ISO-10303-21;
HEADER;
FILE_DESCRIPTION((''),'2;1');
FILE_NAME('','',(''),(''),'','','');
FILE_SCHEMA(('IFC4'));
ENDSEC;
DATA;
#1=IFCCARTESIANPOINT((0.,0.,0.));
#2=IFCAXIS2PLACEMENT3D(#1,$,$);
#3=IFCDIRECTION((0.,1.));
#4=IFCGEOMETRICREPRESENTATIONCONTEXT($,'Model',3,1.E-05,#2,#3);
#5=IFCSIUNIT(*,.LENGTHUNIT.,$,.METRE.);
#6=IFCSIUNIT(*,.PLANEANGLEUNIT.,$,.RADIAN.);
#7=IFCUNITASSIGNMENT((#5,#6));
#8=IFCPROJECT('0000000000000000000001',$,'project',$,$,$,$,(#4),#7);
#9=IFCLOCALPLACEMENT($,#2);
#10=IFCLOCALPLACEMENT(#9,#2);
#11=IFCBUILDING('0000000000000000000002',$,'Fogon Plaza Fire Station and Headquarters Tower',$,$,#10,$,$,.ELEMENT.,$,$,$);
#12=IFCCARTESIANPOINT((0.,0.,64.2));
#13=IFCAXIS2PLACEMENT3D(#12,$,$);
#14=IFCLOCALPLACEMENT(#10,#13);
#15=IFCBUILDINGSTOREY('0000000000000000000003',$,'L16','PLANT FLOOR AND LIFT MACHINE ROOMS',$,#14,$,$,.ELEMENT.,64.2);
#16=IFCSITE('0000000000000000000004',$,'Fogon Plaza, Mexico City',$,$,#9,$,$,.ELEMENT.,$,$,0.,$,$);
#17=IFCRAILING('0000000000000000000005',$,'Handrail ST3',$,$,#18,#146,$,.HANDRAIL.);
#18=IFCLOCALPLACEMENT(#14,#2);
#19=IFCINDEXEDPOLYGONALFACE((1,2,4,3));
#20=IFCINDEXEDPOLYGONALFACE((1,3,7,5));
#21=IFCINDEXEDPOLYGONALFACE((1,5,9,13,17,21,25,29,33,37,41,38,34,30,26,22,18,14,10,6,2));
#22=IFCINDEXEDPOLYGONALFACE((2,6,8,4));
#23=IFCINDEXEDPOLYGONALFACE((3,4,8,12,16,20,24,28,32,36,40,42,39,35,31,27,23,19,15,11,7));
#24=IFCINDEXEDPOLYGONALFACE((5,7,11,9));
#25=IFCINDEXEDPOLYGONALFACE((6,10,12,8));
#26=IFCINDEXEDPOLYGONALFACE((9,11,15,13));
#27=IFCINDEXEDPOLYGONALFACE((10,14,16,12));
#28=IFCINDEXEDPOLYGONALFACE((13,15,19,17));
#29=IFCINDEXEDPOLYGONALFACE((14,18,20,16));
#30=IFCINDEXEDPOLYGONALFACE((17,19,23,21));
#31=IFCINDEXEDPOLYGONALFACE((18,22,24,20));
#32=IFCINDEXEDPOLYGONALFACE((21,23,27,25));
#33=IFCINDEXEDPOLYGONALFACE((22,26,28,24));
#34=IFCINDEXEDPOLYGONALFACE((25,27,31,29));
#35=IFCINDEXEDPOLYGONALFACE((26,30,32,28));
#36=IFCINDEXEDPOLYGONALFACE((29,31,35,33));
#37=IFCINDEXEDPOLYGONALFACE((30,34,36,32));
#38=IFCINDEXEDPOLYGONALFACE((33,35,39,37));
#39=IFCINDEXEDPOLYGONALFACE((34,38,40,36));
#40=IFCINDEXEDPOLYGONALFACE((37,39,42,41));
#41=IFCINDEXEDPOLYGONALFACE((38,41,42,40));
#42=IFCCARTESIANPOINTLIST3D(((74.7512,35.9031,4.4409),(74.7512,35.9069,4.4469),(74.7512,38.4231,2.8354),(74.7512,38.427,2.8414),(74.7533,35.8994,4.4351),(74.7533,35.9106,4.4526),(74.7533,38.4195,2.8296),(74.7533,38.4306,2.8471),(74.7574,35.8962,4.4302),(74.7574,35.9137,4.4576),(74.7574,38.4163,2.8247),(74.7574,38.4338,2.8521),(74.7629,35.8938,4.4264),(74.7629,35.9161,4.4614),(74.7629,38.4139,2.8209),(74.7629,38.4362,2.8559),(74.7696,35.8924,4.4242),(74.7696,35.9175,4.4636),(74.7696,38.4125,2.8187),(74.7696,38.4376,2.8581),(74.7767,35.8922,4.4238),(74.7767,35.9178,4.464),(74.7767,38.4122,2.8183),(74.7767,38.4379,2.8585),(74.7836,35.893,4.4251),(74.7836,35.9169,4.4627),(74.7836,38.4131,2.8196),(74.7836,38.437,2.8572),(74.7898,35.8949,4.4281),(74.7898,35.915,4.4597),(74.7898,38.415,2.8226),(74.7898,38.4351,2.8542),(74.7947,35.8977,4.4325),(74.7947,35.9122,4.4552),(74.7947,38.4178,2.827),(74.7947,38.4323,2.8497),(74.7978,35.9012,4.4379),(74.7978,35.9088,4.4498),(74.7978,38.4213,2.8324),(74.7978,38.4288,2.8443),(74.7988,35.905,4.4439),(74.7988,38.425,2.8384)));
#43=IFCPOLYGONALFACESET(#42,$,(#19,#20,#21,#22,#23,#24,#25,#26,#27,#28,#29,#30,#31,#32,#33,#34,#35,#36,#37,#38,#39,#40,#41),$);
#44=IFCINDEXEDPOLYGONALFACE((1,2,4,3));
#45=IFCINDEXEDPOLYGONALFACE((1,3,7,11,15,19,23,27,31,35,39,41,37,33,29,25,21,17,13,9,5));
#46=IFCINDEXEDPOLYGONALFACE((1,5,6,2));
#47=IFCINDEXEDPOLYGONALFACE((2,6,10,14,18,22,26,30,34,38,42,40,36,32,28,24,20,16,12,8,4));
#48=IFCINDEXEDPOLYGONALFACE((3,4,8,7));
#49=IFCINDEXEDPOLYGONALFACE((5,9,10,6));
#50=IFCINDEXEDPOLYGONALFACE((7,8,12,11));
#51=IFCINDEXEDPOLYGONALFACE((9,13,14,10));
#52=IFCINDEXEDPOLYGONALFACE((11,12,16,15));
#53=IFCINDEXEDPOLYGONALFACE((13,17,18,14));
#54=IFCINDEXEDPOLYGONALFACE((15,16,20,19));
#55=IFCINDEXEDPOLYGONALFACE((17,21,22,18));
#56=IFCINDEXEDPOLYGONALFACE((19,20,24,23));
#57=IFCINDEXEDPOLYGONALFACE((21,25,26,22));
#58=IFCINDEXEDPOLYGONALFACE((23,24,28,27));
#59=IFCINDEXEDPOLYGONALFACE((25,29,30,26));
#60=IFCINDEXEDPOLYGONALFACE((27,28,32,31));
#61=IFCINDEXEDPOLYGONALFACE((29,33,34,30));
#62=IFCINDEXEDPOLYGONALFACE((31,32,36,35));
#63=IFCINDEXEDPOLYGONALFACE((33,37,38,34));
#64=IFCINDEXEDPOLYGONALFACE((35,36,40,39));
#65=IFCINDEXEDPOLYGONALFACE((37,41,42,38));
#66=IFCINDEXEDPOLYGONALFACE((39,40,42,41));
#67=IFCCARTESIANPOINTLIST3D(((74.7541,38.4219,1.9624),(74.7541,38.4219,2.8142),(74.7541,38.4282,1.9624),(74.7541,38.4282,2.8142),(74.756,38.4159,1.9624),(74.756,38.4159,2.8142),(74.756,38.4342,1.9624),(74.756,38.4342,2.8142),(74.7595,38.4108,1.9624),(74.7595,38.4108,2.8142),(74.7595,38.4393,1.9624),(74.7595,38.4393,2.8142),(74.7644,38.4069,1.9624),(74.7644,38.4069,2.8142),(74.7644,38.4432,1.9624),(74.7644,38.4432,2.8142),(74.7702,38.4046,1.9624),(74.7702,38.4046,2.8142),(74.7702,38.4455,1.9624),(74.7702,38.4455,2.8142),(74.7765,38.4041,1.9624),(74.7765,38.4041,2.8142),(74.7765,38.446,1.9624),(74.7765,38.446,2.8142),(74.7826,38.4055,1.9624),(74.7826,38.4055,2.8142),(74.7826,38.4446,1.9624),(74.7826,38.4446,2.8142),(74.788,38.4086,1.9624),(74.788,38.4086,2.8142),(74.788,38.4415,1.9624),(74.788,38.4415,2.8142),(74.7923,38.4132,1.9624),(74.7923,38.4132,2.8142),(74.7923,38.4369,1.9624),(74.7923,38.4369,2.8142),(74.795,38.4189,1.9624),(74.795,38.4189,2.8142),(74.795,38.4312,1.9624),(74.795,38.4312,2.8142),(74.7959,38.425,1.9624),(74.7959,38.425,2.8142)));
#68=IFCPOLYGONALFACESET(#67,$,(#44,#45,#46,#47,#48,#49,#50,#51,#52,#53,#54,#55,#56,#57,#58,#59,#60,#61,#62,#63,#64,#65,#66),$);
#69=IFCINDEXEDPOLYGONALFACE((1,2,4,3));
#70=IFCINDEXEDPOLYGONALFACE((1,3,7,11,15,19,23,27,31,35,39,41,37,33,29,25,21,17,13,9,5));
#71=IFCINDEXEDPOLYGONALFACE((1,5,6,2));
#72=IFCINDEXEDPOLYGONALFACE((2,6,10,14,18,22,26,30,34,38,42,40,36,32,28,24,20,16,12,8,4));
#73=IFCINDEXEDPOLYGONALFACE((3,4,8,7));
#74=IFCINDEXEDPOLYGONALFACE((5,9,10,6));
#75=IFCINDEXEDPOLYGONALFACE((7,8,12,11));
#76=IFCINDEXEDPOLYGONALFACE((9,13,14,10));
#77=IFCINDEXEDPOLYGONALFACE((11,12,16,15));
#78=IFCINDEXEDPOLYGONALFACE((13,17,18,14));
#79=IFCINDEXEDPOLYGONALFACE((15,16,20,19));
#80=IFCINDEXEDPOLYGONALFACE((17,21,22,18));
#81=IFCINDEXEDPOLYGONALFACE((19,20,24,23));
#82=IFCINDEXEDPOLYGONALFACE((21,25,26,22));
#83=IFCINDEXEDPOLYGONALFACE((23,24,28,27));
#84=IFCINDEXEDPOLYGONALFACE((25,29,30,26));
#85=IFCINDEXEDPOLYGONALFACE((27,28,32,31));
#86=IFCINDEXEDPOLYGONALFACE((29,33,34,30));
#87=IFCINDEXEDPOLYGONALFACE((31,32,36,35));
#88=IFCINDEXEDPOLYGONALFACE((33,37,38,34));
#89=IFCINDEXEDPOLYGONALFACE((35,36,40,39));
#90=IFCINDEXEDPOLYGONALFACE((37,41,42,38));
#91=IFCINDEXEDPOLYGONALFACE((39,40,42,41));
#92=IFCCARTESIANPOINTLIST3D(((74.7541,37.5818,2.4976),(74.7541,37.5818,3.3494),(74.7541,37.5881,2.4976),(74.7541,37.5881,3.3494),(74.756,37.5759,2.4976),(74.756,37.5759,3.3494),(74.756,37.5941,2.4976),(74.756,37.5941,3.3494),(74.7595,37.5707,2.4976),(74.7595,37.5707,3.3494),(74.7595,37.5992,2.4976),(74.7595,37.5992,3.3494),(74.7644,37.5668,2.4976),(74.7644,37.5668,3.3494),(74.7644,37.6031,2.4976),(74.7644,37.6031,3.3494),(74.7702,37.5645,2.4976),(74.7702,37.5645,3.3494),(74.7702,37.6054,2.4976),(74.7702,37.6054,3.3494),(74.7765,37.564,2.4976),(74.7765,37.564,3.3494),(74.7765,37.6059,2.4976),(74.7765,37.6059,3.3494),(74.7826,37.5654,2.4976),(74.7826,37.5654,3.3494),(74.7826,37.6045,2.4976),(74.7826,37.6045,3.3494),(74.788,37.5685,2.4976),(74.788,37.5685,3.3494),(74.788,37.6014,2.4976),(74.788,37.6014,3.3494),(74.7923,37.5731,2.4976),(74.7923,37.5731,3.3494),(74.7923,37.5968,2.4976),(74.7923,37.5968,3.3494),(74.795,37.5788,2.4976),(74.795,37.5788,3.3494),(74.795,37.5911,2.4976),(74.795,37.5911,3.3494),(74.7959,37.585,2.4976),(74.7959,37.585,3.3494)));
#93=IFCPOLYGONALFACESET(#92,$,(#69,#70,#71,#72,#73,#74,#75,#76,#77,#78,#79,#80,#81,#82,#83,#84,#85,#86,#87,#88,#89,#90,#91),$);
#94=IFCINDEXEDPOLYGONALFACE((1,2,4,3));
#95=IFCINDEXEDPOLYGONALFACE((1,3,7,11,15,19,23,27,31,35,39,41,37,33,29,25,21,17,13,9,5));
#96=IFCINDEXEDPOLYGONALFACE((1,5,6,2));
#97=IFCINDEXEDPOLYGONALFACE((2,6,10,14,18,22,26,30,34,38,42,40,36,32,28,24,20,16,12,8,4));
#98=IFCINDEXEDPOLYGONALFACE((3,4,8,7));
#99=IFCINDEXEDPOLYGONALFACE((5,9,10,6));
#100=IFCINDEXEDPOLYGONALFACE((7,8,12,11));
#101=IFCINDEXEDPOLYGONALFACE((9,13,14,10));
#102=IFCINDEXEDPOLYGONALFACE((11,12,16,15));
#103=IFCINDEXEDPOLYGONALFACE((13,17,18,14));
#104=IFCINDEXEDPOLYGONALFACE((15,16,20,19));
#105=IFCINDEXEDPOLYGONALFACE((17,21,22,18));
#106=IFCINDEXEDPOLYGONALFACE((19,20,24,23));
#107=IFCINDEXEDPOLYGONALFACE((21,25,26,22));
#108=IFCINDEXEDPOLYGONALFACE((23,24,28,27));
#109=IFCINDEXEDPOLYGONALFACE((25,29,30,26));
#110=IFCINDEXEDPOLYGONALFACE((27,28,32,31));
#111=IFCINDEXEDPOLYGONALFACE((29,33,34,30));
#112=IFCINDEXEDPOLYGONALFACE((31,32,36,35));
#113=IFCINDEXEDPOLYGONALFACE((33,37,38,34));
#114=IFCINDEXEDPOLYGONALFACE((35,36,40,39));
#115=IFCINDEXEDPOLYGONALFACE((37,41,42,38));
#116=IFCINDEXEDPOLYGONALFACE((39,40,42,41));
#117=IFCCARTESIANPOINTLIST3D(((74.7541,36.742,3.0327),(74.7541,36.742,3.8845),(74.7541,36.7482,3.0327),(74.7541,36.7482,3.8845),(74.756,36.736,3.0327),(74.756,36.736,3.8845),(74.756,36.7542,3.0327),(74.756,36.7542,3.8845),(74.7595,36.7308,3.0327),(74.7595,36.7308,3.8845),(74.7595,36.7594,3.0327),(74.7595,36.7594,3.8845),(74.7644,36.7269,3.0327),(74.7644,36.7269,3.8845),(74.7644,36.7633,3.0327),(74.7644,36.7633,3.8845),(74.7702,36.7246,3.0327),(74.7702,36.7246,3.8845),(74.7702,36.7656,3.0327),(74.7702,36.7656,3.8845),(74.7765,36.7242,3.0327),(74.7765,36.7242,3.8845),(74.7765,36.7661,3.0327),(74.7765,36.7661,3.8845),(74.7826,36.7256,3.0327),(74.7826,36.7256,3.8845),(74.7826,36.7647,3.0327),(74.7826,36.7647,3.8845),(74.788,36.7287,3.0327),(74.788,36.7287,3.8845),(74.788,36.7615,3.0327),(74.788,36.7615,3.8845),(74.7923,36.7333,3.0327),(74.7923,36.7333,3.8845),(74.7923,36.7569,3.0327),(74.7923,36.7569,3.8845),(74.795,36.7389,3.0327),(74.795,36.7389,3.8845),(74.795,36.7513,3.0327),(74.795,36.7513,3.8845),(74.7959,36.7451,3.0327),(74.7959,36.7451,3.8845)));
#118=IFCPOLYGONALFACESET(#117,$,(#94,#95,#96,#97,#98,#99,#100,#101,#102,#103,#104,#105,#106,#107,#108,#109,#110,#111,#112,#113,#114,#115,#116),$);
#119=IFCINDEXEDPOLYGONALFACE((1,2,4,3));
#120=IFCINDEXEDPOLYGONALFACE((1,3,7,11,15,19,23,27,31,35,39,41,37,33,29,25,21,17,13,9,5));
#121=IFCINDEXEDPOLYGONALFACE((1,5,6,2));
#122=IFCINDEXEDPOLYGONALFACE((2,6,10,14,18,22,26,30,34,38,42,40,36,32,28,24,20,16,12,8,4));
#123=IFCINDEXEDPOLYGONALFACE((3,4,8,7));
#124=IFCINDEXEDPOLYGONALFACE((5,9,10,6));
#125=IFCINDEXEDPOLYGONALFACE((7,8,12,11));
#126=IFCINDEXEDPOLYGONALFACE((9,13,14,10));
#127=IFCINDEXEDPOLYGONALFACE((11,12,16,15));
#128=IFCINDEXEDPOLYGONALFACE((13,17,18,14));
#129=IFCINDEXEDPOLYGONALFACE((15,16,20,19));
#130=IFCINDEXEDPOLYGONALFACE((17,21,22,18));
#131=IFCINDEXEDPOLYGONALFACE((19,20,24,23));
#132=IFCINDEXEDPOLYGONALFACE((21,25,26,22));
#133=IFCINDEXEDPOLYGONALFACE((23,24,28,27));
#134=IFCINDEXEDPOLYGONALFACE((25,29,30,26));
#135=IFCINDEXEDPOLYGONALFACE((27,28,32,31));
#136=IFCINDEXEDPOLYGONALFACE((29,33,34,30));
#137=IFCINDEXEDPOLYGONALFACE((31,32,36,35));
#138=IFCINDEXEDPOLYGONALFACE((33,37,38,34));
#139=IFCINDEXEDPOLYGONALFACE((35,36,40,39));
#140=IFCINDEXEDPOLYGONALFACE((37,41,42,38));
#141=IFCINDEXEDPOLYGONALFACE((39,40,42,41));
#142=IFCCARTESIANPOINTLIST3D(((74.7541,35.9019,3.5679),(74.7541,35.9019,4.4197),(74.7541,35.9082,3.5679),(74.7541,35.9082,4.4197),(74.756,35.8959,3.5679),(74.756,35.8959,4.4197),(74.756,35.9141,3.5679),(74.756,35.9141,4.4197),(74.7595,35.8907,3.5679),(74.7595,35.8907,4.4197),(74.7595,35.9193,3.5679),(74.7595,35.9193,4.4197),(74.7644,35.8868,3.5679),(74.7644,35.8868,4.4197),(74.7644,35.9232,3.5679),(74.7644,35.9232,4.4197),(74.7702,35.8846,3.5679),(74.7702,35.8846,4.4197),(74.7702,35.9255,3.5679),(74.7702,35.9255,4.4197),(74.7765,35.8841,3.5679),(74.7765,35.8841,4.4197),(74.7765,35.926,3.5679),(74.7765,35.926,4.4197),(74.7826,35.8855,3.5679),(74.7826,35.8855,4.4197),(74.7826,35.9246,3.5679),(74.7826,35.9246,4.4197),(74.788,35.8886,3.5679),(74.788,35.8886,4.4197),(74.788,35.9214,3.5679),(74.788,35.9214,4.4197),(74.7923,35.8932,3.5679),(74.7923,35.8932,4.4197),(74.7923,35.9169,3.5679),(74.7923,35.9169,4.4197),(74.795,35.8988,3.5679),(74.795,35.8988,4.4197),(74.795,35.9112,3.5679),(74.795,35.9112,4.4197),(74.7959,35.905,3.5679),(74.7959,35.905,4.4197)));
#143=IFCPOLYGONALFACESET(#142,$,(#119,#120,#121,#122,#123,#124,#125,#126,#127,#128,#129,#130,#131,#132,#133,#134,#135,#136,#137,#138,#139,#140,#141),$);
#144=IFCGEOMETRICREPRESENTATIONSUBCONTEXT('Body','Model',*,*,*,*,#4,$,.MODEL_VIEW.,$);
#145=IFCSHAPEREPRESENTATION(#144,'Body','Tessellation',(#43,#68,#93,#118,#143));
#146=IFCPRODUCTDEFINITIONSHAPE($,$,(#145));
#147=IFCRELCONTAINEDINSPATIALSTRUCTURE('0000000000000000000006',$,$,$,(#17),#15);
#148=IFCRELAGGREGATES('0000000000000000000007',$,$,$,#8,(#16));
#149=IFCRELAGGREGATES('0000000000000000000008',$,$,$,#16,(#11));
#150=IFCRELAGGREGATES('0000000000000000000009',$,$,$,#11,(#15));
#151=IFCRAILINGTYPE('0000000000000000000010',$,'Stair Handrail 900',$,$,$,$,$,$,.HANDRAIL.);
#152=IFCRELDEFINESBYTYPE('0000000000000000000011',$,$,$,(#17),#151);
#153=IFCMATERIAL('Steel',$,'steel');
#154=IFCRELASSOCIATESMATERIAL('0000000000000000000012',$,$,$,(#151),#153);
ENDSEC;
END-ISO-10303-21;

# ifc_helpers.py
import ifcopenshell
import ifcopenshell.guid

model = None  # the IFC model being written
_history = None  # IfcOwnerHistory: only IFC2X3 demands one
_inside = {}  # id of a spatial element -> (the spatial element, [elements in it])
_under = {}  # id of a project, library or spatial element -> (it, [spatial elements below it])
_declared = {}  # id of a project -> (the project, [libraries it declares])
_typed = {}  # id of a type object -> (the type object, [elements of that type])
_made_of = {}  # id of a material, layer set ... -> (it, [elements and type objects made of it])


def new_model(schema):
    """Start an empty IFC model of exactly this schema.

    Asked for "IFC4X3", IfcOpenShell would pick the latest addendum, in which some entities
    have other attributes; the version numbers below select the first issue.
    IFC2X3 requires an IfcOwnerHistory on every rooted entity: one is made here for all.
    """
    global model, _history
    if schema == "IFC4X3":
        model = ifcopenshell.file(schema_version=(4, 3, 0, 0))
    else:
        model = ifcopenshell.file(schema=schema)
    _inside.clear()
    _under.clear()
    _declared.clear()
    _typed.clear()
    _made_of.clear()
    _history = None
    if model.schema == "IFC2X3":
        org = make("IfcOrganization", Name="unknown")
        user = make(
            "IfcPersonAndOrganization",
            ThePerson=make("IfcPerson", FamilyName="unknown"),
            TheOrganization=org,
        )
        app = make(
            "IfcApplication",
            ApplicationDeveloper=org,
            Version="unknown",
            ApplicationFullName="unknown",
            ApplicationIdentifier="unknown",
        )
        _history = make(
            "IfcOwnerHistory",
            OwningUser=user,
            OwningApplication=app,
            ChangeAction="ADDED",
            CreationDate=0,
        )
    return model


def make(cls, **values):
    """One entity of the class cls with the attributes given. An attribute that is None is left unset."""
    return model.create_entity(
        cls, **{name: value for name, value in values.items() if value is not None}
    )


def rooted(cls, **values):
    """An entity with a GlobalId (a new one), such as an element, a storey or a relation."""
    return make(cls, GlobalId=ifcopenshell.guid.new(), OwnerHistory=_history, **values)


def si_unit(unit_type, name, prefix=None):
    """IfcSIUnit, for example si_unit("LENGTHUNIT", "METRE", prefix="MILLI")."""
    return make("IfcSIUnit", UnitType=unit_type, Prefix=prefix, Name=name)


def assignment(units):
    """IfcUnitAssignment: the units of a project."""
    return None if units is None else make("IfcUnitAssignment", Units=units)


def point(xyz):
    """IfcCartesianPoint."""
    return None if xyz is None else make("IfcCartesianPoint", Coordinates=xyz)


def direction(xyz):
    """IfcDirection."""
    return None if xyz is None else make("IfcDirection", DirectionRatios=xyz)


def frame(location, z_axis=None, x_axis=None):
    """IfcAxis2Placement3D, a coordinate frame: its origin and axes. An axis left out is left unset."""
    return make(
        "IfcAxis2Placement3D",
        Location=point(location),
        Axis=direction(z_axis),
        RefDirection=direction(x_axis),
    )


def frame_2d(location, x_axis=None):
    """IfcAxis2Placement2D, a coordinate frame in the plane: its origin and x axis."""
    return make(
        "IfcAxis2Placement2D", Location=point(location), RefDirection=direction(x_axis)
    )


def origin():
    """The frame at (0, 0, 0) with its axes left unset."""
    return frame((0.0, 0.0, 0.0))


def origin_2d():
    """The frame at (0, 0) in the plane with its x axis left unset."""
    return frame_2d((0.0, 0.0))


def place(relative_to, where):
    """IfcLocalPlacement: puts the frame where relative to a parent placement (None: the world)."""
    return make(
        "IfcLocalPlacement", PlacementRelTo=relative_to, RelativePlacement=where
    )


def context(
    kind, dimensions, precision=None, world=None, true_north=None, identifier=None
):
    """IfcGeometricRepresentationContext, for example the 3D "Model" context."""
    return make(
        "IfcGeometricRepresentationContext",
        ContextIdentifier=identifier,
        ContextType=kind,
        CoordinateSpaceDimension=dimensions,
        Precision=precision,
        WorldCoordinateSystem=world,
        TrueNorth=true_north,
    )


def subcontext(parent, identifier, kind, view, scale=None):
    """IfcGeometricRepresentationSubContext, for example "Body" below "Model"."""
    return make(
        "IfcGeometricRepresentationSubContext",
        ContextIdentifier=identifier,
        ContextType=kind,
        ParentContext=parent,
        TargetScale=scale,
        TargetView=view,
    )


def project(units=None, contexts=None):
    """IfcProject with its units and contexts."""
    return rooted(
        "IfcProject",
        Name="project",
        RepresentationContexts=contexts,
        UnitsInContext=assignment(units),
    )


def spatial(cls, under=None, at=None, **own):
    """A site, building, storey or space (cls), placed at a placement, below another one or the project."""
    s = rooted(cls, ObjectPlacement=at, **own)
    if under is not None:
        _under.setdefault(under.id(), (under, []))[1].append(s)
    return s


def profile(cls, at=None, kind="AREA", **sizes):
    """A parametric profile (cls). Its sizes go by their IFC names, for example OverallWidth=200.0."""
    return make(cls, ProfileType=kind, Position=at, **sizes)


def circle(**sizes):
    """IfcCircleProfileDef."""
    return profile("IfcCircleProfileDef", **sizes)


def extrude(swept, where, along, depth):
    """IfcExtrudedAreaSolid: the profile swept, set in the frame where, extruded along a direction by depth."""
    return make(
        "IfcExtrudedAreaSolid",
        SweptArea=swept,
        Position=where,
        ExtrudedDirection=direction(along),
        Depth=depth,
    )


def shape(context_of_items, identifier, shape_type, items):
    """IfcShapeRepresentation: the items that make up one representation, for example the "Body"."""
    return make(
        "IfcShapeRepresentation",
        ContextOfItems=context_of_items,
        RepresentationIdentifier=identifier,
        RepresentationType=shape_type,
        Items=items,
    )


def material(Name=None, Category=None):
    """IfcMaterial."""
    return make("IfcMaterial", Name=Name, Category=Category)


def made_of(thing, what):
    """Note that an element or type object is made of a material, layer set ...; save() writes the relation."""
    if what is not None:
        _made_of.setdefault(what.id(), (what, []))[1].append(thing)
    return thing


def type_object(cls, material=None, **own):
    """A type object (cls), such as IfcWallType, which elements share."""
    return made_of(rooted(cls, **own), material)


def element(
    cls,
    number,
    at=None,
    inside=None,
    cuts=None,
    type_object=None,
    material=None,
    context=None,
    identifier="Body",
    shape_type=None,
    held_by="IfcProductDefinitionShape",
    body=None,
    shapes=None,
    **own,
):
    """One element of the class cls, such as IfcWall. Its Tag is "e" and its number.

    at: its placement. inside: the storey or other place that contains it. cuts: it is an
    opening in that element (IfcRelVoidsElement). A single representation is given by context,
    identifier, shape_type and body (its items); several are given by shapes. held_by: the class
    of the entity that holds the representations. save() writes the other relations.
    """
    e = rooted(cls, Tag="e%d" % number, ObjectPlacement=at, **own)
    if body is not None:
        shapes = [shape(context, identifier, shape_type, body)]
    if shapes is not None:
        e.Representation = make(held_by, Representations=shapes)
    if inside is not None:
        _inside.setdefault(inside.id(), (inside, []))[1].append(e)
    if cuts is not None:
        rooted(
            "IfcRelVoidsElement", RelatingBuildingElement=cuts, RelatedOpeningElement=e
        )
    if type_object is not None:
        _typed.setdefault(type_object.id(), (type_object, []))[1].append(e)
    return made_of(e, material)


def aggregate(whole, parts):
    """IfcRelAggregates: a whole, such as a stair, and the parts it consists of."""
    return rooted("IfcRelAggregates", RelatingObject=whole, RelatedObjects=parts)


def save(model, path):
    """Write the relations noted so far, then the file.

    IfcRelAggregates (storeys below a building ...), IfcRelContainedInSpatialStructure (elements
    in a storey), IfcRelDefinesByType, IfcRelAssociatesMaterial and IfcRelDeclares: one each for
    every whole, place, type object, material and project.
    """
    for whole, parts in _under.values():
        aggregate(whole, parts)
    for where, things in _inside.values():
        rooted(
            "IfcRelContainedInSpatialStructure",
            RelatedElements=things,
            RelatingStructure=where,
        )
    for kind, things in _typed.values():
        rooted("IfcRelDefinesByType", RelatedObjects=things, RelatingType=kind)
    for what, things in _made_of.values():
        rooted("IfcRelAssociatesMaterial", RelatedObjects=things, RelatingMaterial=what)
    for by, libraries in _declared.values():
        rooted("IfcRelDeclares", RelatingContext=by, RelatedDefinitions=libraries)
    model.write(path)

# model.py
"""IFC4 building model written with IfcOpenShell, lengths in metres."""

from ifc_helpers import new_model, si_unit, direction, frame, origin, origin_2d, place, context, subcontext, project, spatial, circle, extrude, material, type_object, element, save


model = new_model("IFC4")

# Units and contexts
model_context = context("Model", 3, precision=1e-05, world=origin(), true_north=direction((0.0, 1.0)))
body_context = subcontext(model_context, "Body", "Model", "MODEL_VIEW")
ifc_project = project(units=[si_unit("LENGTHUNIT", "METRE"), si_unit("PLANEANGLEUNIT", "RADIAN")], contexts=[model_context])

# Site, building, storey
site_placement = place(None, origin())
site = spatial("IfcSite", under=ifc_project, at=site_placement, Name="Fogon Plaza, Mexico City", CompositionType="ELEMENT", RefElevation=0.0)
building_placement = place(site_placement, origin())
building = spatial("IfcBuilding", under=site, at=building_placement, Name="Fogon Plaza Fire Station and Headquarters Tower", CompositionType="ELEMENT")
storey_placement = place(building_placement, frame((0.0, 0.0, 64.2)))
storey = spatial("IfcBuildingStorey", under=building, at=storey_placement, Name="L16", Description="PLANT FLOOR AND LIFT MACHINE ROOMS", CompositionType="ELEMENT", Elevation=64.2)

# Railing
ifc_material_1 = material(Name="Steel", Category="steel")
railing_type = type_object("IfcRailingType", Name="Stair Handrail 900", PredefinedType="HANDRAIL", material=ifc_material_1)
for number, where, name in (
    (1, (74.7749, 38.425, 1.9624), "Handrail ST3"),
):
    element("IfcRailing", number, at=place(storey_placement, frame(where)), inside=storey, type_object=railing_type, Name=name, PredefinedType="HANDRAIL", context=body_context, shape_type="SweptSolid", body=[
        extrude(circle(Radius=0.0239, at=origin_2d()), frame((0.0, 0.0, 0.876), z_axis=(0.0, -0.843385, 0.537309), x_axis=(1.0, 0.0, 0.0)), (0.0, 0.0, 1.0), 2.988),
        extrude(circle(Radius=0.021, at=origin_2d()), origin(), (0.0, 0.0, 1.0), 0.8518),
        extrude(circle(Radius=0.021, at=origin_2d()), frame((0.0, -0.8401, 0.5352)), (0.0, 0.0, 1.0), 0.8518),
        extrude(circle(Radius=0.021, at=origin_2d()), frame((0.0, -1.6799, 1.0703)), (0.0, 0.0, 1.0), 0.8518),
        extrude(circle(Radius=0.021, at=origin_2d()), frame((0.0, -2.52, 1.6055)), (0.0, 0.0, 1.0), 0.8518),
    ])

save(model, "model.ifc")
